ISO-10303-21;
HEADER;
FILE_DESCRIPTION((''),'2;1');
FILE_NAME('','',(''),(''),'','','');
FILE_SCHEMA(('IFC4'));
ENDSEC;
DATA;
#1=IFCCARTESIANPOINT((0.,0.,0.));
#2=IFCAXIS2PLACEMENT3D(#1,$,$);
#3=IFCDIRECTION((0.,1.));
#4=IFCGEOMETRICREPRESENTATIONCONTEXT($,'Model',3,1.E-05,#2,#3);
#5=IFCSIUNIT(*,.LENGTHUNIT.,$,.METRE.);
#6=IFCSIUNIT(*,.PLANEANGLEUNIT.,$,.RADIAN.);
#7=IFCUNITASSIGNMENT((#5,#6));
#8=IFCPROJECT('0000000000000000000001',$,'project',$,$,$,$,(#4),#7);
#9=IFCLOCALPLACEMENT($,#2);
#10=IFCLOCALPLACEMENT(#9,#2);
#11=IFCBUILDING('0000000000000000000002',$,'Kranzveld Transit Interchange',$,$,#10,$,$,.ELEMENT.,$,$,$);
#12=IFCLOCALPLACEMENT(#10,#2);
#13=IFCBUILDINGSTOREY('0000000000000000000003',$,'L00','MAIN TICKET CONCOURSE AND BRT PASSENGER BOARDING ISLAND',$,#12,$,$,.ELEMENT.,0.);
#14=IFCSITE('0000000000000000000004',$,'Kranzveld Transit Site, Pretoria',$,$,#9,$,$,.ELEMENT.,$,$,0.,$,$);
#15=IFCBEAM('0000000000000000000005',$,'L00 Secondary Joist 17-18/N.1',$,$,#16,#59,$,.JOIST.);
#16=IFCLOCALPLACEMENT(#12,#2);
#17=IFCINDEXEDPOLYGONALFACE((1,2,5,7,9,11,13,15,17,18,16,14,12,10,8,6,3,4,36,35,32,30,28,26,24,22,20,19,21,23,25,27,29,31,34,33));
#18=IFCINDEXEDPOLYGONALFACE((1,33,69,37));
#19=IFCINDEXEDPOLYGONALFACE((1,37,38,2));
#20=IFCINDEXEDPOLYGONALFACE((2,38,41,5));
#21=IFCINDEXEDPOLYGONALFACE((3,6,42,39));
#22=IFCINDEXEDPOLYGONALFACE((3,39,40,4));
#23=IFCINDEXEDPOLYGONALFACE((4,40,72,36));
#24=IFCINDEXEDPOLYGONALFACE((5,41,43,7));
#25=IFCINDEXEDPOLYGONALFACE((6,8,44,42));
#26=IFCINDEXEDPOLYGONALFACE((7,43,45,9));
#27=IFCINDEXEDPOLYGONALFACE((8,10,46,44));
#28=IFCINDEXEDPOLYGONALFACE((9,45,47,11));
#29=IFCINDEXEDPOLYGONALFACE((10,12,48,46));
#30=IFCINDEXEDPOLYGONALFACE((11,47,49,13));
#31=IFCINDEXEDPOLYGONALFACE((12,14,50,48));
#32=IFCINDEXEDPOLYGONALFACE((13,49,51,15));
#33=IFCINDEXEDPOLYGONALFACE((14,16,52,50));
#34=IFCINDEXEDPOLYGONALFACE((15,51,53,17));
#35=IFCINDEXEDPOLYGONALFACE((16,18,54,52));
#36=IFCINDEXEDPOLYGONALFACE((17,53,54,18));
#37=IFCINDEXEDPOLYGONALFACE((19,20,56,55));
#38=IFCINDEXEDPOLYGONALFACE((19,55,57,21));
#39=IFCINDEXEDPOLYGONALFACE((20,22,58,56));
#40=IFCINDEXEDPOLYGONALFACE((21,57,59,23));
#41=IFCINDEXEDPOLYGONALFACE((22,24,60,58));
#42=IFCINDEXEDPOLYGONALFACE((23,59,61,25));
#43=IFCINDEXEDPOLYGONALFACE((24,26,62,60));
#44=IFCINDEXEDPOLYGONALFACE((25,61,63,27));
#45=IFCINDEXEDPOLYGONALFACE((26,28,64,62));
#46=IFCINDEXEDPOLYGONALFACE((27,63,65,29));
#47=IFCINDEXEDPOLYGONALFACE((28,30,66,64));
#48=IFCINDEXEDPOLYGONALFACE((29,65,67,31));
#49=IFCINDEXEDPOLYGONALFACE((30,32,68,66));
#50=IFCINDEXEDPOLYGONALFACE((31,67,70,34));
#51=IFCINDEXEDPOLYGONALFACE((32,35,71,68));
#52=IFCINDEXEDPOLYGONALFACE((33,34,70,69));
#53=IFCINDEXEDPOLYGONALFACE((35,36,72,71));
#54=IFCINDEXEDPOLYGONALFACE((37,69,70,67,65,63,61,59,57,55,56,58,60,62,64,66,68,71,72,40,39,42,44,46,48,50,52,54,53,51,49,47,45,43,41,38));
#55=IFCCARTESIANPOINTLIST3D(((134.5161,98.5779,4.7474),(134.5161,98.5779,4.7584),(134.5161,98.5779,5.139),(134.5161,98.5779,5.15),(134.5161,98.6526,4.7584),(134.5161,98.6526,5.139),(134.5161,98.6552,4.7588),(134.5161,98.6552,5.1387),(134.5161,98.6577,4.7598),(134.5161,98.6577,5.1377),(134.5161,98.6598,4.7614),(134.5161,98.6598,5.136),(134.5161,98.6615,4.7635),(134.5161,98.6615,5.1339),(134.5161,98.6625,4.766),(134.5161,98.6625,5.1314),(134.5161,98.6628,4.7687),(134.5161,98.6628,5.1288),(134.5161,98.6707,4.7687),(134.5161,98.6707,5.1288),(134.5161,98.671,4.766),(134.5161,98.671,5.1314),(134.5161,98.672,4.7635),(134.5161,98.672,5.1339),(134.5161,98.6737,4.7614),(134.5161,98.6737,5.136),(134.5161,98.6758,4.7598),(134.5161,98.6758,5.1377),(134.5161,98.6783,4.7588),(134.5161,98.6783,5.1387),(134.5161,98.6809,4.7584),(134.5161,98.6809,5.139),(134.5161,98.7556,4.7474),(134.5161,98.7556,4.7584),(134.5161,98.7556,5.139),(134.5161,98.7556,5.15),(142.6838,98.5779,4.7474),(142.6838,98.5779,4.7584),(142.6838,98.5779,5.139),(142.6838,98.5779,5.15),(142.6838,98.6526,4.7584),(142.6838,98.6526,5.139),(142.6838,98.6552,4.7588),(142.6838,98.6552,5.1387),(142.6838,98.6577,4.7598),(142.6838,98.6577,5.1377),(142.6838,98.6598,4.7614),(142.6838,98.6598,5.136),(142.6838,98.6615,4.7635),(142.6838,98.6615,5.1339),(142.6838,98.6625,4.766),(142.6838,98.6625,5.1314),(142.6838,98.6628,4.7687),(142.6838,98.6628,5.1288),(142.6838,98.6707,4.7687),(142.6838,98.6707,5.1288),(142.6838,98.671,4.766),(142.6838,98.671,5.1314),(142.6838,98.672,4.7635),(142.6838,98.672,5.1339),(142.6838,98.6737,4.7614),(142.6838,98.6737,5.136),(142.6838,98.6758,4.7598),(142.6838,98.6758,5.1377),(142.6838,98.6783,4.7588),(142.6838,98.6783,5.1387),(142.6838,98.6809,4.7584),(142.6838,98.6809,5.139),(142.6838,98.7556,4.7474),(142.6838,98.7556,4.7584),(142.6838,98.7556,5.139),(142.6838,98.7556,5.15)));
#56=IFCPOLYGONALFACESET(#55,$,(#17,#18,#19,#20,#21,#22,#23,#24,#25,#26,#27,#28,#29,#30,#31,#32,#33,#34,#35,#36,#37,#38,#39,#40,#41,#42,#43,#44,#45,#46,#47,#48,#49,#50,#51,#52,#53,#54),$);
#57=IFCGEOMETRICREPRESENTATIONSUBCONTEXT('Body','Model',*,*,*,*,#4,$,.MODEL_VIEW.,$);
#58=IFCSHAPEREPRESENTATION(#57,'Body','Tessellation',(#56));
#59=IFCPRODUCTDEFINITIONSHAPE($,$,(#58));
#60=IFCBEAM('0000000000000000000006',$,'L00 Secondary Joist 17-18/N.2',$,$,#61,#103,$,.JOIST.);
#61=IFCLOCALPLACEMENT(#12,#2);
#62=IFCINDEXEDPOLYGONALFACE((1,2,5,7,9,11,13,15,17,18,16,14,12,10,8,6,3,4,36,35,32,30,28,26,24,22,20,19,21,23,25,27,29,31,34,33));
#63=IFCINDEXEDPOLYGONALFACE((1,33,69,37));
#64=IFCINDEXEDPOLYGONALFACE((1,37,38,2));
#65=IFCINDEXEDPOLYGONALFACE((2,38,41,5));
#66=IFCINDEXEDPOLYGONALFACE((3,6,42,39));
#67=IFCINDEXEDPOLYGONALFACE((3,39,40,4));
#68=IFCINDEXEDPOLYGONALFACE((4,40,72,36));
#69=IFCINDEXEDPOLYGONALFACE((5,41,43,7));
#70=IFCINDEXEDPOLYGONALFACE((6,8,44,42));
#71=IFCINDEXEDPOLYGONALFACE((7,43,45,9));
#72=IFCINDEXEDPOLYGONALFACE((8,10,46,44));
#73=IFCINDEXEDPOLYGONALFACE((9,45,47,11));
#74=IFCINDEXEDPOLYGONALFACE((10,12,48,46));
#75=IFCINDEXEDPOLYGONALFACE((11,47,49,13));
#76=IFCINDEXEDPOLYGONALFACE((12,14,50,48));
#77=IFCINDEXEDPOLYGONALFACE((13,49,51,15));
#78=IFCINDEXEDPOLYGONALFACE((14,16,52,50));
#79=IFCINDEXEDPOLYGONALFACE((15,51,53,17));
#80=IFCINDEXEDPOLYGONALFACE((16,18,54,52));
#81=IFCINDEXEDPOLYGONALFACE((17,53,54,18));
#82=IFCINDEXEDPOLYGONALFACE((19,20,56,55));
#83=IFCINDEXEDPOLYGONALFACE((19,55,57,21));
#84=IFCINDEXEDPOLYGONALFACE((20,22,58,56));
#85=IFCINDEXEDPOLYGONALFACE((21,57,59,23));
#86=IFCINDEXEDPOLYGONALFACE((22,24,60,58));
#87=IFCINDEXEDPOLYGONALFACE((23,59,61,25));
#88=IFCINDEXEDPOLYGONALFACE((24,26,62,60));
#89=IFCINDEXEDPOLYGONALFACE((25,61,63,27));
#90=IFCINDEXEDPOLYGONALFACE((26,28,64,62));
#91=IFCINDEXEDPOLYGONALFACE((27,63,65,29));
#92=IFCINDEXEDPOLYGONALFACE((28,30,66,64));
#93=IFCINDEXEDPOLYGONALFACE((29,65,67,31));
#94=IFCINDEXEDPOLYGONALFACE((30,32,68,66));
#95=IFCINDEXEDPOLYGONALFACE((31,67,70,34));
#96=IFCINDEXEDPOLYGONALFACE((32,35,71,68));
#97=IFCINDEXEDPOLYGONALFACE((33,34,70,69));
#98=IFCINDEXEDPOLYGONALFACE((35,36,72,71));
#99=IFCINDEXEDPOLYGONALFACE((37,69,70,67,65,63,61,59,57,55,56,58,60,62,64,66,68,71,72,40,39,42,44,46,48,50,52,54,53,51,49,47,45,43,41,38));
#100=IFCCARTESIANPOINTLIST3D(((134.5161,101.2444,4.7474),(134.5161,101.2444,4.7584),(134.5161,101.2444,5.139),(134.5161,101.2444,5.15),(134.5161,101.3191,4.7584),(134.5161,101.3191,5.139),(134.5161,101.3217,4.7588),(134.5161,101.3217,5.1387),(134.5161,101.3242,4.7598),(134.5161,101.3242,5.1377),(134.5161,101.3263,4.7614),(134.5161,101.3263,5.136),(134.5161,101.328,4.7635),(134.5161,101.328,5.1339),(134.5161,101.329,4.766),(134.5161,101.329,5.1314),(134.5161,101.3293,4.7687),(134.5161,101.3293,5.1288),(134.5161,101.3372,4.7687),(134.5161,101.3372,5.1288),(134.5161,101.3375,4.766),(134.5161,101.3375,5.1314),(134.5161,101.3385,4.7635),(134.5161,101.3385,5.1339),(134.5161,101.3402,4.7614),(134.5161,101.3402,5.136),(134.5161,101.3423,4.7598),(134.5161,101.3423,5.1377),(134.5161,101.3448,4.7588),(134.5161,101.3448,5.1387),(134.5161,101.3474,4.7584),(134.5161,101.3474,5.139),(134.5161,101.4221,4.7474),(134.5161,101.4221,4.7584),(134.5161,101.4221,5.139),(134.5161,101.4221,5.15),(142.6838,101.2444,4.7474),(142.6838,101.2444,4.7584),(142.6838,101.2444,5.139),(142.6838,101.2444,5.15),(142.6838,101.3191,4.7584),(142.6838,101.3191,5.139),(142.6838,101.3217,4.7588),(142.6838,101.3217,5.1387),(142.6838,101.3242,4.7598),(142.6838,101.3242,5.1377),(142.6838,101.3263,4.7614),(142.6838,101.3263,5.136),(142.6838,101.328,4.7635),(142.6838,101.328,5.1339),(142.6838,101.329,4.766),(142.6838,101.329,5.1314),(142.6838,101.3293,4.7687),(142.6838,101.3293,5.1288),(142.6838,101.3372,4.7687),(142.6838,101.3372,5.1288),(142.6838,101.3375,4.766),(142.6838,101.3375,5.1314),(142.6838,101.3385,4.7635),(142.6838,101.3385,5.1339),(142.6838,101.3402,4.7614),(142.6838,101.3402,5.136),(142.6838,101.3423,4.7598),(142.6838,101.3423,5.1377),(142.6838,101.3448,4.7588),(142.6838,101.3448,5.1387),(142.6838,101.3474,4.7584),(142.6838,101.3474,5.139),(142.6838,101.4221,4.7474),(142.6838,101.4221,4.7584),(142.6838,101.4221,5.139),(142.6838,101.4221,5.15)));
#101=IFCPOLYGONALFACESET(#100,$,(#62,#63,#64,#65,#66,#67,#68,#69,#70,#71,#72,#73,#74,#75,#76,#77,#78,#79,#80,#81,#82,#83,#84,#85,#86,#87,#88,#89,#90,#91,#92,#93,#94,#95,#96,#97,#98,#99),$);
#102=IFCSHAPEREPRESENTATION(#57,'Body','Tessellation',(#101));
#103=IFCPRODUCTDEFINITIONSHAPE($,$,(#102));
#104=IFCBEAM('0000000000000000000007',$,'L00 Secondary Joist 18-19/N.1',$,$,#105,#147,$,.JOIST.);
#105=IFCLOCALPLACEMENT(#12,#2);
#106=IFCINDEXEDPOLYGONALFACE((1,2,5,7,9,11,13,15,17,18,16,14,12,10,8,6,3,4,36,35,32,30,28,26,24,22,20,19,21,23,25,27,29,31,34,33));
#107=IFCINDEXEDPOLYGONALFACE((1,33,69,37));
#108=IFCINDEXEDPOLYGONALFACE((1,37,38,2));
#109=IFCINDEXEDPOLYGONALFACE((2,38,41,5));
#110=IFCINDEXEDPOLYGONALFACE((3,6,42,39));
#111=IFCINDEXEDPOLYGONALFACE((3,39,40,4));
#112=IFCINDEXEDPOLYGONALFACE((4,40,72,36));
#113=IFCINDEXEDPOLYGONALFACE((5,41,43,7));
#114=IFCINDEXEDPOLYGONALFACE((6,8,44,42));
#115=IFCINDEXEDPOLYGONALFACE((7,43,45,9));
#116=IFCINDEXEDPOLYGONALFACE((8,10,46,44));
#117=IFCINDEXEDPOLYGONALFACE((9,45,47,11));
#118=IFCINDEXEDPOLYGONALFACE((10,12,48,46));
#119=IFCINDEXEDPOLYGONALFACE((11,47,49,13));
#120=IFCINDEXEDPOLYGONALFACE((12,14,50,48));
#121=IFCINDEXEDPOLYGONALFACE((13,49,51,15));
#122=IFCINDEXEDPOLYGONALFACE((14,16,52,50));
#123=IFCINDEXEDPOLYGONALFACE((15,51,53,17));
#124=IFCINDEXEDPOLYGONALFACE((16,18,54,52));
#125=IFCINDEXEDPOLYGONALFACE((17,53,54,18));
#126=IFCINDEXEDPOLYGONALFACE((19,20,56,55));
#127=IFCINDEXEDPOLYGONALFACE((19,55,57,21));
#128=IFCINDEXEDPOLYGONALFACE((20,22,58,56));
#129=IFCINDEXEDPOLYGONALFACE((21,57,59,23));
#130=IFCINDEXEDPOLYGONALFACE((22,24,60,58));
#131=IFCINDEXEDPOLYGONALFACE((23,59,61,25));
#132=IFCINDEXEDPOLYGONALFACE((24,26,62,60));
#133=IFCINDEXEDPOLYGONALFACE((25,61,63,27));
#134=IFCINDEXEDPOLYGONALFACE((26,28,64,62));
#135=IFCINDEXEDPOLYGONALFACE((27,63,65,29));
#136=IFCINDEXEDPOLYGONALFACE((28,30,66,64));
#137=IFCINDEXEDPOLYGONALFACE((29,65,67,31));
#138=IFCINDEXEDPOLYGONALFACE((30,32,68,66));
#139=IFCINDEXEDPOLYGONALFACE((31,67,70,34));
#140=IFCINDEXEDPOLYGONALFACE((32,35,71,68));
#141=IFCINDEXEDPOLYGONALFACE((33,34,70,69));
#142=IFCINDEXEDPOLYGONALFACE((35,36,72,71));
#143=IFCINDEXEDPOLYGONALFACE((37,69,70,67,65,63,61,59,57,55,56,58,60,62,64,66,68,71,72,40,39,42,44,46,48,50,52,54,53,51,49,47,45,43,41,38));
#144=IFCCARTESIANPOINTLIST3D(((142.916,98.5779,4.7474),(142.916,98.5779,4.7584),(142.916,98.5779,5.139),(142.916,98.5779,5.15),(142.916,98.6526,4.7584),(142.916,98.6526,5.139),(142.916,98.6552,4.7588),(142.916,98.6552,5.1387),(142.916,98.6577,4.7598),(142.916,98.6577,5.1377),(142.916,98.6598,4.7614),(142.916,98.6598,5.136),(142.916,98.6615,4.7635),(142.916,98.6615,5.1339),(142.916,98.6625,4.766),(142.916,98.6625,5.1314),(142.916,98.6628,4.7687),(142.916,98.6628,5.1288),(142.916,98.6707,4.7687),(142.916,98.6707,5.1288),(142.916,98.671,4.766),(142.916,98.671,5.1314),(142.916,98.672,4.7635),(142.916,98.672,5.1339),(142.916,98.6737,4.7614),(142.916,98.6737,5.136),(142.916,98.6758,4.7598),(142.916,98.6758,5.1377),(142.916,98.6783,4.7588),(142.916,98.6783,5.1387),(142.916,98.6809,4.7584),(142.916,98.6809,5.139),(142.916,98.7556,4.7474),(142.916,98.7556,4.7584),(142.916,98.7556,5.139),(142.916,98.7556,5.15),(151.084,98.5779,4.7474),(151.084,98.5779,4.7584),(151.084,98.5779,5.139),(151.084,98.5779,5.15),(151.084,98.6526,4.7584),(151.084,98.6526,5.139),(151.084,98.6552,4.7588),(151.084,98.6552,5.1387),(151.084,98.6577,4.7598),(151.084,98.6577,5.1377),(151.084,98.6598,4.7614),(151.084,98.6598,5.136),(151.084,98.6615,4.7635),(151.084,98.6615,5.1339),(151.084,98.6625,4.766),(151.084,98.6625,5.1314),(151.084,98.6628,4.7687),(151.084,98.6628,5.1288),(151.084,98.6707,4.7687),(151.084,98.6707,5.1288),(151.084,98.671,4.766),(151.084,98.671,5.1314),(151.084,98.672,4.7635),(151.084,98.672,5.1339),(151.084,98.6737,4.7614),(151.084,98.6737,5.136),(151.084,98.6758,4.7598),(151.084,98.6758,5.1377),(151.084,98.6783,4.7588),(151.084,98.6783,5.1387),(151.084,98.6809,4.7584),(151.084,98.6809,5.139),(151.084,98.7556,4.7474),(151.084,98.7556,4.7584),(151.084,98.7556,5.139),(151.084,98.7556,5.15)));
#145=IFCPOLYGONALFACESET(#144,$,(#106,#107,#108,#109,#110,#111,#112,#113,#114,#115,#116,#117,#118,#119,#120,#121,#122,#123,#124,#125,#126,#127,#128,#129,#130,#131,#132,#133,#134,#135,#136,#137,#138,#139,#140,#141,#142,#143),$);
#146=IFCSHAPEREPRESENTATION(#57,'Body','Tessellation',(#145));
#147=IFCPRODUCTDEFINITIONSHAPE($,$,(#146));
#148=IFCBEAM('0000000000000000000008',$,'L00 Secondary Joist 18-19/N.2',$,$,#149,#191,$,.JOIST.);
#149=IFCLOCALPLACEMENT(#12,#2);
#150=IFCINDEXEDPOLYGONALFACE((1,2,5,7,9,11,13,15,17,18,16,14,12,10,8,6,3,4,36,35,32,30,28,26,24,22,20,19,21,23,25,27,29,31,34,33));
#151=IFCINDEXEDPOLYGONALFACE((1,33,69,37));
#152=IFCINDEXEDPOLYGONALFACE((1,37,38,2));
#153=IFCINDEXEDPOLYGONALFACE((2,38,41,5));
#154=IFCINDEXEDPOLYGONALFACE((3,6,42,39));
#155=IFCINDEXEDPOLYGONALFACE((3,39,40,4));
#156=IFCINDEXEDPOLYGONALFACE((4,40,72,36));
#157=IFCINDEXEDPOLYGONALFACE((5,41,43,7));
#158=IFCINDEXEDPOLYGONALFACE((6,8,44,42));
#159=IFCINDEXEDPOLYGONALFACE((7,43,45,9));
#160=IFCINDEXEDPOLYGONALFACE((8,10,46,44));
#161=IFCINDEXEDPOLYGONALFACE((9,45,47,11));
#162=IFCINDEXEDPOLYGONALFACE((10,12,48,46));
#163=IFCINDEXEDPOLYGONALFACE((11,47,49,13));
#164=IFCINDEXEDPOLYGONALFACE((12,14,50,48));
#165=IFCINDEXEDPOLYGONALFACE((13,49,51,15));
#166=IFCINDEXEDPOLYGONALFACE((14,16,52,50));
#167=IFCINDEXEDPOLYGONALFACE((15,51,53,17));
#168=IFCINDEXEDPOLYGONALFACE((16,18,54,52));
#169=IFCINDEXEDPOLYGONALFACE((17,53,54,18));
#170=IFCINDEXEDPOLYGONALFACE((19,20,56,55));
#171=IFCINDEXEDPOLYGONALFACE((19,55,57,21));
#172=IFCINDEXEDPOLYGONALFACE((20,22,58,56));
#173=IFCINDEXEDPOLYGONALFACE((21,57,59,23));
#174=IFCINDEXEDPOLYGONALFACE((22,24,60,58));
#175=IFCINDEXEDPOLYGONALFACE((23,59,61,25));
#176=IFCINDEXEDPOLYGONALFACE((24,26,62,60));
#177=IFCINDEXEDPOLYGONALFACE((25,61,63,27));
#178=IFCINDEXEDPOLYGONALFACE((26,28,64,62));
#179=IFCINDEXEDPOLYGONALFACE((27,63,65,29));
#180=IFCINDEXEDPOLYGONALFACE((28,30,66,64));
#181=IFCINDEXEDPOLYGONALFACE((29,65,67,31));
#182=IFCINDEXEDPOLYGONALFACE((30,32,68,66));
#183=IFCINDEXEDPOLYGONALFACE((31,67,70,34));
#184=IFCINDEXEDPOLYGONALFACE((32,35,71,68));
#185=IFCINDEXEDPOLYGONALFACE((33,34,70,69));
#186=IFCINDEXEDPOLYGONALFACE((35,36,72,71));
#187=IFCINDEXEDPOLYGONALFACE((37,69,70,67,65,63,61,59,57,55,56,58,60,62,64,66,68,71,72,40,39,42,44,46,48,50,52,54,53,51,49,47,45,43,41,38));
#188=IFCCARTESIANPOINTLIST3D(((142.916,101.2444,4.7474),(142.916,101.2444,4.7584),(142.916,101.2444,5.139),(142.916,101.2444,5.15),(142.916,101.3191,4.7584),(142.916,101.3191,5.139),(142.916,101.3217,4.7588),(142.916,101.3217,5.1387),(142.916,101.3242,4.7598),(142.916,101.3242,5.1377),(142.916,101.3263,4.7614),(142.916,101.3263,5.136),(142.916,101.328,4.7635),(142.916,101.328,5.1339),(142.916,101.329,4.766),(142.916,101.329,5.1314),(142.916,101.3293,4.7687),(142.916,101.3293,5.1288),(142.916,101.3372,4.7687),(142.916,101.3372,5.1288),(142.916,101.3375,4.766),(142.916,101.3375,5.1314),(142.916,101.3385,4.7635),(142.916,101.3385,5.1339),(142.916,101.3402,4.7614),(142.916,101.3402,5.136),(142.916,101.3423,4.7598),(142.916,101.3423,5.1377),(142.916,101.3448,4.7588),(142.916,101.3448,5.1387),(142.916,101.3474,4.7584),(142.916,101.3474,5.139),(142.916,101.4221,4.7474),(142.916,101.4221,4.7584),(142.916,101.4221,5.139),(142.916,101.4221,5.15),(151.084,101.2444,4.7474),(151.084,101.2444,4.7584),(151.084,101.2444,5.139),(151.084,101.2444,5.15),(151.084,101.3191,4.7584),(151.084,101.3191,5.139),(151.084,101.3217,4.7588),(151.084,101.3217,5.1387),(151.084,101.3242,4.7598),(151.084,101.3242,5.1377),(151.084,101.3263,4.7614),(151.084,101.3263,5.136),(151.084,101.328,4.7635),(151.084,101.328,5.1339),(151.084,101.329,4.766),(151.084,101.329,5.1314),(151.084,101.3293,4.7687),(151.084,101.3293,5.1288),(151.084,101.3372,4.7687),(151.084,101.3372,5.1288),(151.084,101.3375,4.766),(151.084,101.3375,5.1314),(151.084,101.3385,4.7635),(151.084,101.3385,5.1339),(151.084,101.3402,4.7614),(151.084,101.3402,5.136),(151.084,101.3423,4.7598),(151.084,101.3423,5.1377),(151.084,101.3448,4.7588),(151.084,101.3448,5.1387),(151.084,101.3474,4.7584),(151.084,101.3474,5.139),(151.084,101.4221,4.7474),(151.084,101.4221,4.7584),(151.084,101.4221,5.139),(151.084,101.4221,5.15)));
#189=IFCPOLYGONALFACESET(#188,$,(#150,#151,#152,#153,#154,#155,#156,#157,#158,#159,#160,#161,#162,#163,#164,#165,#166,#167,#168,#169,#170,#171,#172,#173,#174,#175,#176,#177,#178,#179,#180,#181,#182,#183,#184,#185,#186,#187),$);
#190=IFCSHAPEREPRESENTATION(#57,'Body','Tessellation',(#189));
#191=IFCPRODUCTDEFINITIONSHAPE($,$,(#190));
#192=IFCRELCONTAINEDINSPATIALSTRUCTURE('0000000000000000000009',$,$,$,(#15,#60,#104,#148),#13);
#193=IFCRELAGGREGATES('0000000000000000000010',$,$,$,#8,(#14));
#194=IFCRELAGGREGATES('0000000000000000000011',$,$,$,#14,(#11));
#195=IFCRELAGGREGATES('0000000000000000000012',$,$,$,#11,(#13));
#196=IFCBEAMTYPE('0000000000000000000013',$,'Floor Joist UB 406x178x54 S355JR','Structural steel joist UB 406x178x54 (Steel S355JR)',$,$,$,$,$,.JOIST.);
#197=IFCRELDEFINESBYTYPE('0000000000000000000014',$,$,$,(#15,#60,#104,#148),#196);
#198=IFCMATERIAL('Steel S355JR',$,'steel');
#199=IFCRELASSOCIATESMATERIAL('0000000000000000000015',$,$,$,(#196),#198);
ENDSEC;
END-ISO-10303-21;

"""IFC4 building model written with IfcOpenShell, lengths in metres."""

from ifc_helpers import new_model, si_unit, direction, frame, origin, origin_2d, place, context, subcontext, project, spatial, i_section, extrude, material, material_profile, profile_set, type_object, element, save


model = new_model("IFC4")

# Units and contexts
model_context = context("Model", 3, precision=1e-05, world=origin(), true_north=direction((0.0, 1.0)))
body_context = subcontext(model_context, "Body", "Model", "MODEL_VIEW")
ifc_project = project(units=[si_unit("LENGTHUNIT", "METRE"), si_unit("PLANEANGLEUNIT", "RADIAN")], contexts=[model_context])

# Site, building, storey
site_placement = place(None, origin())
site = spatial("IfcSite", under=ifc_project, at=site_placement, Name="Kranzveld Transit Site, Pretoria", CompositionType="ELEMENT", RefElevation=0.0)
building_placement = place(site_placement, origin())
building = spatial("IfcBuilding", under=site, at=building_placement, Name="Kranzveld Transit Interchange", CompositionType="ELEMENT")
storey_placement = place(building_placement, origin())
storey = spatial("IfcBuildingStorey", under=building, at=storey_placement, Name="L00", Description="MAIN TICKET CONCOURSE AND BRT PASSENGER BOARDING ISLAND", CompositionType="ELEMENT", Elevation=0.0)

# Beams
ifc_material_1 = material(Name="Steel S355JR", Category="steel")
ifc_material_profile_1 = material_profile(ifc_material_1, i_section(OverallWidth=0.1777, OverallDepth=0.4026, WebThickness=0.0078, FlangeThickness=0.011, FilletRadius=0.0103, at=origin_2d()), Name="UB 406x178x54")
ifc_profile_set_1 = profile_set([ifc_material_profile_1], Name="Steel S355JR")
beam_type_1 = type_object("IfcBeamType", Name="Floor Joist UB 406x178x54 S355JR", Description="Structural steel joist UB 406x178x54 (Steel S355JR)", PredefinedType="JOIST", material=ifc_profile_set_1)
for number, where, z_axis, x_axis, name in (
    (1, (134.5161, 98.6667, 4.9487), (1.0, 0.0, 0.0), (0.0, 1.0, 0.0), "L00 Secondary Joist 17-18/N.1"),
    (2, (134.5161, 101.3333, 4.9487), (1.0, 0.0, 0.0), (0.0, 1.0, 0.0), "L00 Secondary Joist 17-18/N.2"),
):
    element("IfcBeam", number, at=place(storey_placement, frame(where, z_axis=z_axis, x_axis=x_axis)), inside=storey, type_object=beam_type_1, Name=name, PredefinedType="JOIST", context=body_context, shape_type="SweptSolid", body=[
        extrude(i_section(OverallWidth=0.1777, OverallDepth=0.4026, WebThickness=0.0078, FlangeThickness=0.011, FilletRadius=0.0103, at=origin_2d()), origin(), (0.0, 0.0, 1.0), 8.1677),
    ])
for number, where, z_axis, x_axis, name in (
    (3, (142.916, 98.6667, 4.9487), (1.0, 0.0, 0.0), (0.0, 1.0, 0.0), "L00 Secondary Joist 18-19/N.1"),
    (4, (142.916, 101.3333, 4.9487), (1.0, 0.0, 0.0), (0.0, 1.0, 0.0), "L00 Secondary Joist 18-19/N.2"),
):
    element("IfcBeam", number, at=place(storey_placement, frame(where, z_axis=z_axis, x_axis=x_axis)), inside=storey, type_object=beam_type_1, Name=name, PredefinedType="JOIST", context=body_context, shape_type="SweptSolid", body=[
        extrude(i_section(OverallWidth=0.1777, OverallDepth=0.4026, WebThickness=0.0078, FlangeThickness=0.011, FilletRadius=0.0103, at=origin_2d()), origin(), (0.0, 0.0, 1.0), 8.168),
    ])

save(model, "model.ifc")
